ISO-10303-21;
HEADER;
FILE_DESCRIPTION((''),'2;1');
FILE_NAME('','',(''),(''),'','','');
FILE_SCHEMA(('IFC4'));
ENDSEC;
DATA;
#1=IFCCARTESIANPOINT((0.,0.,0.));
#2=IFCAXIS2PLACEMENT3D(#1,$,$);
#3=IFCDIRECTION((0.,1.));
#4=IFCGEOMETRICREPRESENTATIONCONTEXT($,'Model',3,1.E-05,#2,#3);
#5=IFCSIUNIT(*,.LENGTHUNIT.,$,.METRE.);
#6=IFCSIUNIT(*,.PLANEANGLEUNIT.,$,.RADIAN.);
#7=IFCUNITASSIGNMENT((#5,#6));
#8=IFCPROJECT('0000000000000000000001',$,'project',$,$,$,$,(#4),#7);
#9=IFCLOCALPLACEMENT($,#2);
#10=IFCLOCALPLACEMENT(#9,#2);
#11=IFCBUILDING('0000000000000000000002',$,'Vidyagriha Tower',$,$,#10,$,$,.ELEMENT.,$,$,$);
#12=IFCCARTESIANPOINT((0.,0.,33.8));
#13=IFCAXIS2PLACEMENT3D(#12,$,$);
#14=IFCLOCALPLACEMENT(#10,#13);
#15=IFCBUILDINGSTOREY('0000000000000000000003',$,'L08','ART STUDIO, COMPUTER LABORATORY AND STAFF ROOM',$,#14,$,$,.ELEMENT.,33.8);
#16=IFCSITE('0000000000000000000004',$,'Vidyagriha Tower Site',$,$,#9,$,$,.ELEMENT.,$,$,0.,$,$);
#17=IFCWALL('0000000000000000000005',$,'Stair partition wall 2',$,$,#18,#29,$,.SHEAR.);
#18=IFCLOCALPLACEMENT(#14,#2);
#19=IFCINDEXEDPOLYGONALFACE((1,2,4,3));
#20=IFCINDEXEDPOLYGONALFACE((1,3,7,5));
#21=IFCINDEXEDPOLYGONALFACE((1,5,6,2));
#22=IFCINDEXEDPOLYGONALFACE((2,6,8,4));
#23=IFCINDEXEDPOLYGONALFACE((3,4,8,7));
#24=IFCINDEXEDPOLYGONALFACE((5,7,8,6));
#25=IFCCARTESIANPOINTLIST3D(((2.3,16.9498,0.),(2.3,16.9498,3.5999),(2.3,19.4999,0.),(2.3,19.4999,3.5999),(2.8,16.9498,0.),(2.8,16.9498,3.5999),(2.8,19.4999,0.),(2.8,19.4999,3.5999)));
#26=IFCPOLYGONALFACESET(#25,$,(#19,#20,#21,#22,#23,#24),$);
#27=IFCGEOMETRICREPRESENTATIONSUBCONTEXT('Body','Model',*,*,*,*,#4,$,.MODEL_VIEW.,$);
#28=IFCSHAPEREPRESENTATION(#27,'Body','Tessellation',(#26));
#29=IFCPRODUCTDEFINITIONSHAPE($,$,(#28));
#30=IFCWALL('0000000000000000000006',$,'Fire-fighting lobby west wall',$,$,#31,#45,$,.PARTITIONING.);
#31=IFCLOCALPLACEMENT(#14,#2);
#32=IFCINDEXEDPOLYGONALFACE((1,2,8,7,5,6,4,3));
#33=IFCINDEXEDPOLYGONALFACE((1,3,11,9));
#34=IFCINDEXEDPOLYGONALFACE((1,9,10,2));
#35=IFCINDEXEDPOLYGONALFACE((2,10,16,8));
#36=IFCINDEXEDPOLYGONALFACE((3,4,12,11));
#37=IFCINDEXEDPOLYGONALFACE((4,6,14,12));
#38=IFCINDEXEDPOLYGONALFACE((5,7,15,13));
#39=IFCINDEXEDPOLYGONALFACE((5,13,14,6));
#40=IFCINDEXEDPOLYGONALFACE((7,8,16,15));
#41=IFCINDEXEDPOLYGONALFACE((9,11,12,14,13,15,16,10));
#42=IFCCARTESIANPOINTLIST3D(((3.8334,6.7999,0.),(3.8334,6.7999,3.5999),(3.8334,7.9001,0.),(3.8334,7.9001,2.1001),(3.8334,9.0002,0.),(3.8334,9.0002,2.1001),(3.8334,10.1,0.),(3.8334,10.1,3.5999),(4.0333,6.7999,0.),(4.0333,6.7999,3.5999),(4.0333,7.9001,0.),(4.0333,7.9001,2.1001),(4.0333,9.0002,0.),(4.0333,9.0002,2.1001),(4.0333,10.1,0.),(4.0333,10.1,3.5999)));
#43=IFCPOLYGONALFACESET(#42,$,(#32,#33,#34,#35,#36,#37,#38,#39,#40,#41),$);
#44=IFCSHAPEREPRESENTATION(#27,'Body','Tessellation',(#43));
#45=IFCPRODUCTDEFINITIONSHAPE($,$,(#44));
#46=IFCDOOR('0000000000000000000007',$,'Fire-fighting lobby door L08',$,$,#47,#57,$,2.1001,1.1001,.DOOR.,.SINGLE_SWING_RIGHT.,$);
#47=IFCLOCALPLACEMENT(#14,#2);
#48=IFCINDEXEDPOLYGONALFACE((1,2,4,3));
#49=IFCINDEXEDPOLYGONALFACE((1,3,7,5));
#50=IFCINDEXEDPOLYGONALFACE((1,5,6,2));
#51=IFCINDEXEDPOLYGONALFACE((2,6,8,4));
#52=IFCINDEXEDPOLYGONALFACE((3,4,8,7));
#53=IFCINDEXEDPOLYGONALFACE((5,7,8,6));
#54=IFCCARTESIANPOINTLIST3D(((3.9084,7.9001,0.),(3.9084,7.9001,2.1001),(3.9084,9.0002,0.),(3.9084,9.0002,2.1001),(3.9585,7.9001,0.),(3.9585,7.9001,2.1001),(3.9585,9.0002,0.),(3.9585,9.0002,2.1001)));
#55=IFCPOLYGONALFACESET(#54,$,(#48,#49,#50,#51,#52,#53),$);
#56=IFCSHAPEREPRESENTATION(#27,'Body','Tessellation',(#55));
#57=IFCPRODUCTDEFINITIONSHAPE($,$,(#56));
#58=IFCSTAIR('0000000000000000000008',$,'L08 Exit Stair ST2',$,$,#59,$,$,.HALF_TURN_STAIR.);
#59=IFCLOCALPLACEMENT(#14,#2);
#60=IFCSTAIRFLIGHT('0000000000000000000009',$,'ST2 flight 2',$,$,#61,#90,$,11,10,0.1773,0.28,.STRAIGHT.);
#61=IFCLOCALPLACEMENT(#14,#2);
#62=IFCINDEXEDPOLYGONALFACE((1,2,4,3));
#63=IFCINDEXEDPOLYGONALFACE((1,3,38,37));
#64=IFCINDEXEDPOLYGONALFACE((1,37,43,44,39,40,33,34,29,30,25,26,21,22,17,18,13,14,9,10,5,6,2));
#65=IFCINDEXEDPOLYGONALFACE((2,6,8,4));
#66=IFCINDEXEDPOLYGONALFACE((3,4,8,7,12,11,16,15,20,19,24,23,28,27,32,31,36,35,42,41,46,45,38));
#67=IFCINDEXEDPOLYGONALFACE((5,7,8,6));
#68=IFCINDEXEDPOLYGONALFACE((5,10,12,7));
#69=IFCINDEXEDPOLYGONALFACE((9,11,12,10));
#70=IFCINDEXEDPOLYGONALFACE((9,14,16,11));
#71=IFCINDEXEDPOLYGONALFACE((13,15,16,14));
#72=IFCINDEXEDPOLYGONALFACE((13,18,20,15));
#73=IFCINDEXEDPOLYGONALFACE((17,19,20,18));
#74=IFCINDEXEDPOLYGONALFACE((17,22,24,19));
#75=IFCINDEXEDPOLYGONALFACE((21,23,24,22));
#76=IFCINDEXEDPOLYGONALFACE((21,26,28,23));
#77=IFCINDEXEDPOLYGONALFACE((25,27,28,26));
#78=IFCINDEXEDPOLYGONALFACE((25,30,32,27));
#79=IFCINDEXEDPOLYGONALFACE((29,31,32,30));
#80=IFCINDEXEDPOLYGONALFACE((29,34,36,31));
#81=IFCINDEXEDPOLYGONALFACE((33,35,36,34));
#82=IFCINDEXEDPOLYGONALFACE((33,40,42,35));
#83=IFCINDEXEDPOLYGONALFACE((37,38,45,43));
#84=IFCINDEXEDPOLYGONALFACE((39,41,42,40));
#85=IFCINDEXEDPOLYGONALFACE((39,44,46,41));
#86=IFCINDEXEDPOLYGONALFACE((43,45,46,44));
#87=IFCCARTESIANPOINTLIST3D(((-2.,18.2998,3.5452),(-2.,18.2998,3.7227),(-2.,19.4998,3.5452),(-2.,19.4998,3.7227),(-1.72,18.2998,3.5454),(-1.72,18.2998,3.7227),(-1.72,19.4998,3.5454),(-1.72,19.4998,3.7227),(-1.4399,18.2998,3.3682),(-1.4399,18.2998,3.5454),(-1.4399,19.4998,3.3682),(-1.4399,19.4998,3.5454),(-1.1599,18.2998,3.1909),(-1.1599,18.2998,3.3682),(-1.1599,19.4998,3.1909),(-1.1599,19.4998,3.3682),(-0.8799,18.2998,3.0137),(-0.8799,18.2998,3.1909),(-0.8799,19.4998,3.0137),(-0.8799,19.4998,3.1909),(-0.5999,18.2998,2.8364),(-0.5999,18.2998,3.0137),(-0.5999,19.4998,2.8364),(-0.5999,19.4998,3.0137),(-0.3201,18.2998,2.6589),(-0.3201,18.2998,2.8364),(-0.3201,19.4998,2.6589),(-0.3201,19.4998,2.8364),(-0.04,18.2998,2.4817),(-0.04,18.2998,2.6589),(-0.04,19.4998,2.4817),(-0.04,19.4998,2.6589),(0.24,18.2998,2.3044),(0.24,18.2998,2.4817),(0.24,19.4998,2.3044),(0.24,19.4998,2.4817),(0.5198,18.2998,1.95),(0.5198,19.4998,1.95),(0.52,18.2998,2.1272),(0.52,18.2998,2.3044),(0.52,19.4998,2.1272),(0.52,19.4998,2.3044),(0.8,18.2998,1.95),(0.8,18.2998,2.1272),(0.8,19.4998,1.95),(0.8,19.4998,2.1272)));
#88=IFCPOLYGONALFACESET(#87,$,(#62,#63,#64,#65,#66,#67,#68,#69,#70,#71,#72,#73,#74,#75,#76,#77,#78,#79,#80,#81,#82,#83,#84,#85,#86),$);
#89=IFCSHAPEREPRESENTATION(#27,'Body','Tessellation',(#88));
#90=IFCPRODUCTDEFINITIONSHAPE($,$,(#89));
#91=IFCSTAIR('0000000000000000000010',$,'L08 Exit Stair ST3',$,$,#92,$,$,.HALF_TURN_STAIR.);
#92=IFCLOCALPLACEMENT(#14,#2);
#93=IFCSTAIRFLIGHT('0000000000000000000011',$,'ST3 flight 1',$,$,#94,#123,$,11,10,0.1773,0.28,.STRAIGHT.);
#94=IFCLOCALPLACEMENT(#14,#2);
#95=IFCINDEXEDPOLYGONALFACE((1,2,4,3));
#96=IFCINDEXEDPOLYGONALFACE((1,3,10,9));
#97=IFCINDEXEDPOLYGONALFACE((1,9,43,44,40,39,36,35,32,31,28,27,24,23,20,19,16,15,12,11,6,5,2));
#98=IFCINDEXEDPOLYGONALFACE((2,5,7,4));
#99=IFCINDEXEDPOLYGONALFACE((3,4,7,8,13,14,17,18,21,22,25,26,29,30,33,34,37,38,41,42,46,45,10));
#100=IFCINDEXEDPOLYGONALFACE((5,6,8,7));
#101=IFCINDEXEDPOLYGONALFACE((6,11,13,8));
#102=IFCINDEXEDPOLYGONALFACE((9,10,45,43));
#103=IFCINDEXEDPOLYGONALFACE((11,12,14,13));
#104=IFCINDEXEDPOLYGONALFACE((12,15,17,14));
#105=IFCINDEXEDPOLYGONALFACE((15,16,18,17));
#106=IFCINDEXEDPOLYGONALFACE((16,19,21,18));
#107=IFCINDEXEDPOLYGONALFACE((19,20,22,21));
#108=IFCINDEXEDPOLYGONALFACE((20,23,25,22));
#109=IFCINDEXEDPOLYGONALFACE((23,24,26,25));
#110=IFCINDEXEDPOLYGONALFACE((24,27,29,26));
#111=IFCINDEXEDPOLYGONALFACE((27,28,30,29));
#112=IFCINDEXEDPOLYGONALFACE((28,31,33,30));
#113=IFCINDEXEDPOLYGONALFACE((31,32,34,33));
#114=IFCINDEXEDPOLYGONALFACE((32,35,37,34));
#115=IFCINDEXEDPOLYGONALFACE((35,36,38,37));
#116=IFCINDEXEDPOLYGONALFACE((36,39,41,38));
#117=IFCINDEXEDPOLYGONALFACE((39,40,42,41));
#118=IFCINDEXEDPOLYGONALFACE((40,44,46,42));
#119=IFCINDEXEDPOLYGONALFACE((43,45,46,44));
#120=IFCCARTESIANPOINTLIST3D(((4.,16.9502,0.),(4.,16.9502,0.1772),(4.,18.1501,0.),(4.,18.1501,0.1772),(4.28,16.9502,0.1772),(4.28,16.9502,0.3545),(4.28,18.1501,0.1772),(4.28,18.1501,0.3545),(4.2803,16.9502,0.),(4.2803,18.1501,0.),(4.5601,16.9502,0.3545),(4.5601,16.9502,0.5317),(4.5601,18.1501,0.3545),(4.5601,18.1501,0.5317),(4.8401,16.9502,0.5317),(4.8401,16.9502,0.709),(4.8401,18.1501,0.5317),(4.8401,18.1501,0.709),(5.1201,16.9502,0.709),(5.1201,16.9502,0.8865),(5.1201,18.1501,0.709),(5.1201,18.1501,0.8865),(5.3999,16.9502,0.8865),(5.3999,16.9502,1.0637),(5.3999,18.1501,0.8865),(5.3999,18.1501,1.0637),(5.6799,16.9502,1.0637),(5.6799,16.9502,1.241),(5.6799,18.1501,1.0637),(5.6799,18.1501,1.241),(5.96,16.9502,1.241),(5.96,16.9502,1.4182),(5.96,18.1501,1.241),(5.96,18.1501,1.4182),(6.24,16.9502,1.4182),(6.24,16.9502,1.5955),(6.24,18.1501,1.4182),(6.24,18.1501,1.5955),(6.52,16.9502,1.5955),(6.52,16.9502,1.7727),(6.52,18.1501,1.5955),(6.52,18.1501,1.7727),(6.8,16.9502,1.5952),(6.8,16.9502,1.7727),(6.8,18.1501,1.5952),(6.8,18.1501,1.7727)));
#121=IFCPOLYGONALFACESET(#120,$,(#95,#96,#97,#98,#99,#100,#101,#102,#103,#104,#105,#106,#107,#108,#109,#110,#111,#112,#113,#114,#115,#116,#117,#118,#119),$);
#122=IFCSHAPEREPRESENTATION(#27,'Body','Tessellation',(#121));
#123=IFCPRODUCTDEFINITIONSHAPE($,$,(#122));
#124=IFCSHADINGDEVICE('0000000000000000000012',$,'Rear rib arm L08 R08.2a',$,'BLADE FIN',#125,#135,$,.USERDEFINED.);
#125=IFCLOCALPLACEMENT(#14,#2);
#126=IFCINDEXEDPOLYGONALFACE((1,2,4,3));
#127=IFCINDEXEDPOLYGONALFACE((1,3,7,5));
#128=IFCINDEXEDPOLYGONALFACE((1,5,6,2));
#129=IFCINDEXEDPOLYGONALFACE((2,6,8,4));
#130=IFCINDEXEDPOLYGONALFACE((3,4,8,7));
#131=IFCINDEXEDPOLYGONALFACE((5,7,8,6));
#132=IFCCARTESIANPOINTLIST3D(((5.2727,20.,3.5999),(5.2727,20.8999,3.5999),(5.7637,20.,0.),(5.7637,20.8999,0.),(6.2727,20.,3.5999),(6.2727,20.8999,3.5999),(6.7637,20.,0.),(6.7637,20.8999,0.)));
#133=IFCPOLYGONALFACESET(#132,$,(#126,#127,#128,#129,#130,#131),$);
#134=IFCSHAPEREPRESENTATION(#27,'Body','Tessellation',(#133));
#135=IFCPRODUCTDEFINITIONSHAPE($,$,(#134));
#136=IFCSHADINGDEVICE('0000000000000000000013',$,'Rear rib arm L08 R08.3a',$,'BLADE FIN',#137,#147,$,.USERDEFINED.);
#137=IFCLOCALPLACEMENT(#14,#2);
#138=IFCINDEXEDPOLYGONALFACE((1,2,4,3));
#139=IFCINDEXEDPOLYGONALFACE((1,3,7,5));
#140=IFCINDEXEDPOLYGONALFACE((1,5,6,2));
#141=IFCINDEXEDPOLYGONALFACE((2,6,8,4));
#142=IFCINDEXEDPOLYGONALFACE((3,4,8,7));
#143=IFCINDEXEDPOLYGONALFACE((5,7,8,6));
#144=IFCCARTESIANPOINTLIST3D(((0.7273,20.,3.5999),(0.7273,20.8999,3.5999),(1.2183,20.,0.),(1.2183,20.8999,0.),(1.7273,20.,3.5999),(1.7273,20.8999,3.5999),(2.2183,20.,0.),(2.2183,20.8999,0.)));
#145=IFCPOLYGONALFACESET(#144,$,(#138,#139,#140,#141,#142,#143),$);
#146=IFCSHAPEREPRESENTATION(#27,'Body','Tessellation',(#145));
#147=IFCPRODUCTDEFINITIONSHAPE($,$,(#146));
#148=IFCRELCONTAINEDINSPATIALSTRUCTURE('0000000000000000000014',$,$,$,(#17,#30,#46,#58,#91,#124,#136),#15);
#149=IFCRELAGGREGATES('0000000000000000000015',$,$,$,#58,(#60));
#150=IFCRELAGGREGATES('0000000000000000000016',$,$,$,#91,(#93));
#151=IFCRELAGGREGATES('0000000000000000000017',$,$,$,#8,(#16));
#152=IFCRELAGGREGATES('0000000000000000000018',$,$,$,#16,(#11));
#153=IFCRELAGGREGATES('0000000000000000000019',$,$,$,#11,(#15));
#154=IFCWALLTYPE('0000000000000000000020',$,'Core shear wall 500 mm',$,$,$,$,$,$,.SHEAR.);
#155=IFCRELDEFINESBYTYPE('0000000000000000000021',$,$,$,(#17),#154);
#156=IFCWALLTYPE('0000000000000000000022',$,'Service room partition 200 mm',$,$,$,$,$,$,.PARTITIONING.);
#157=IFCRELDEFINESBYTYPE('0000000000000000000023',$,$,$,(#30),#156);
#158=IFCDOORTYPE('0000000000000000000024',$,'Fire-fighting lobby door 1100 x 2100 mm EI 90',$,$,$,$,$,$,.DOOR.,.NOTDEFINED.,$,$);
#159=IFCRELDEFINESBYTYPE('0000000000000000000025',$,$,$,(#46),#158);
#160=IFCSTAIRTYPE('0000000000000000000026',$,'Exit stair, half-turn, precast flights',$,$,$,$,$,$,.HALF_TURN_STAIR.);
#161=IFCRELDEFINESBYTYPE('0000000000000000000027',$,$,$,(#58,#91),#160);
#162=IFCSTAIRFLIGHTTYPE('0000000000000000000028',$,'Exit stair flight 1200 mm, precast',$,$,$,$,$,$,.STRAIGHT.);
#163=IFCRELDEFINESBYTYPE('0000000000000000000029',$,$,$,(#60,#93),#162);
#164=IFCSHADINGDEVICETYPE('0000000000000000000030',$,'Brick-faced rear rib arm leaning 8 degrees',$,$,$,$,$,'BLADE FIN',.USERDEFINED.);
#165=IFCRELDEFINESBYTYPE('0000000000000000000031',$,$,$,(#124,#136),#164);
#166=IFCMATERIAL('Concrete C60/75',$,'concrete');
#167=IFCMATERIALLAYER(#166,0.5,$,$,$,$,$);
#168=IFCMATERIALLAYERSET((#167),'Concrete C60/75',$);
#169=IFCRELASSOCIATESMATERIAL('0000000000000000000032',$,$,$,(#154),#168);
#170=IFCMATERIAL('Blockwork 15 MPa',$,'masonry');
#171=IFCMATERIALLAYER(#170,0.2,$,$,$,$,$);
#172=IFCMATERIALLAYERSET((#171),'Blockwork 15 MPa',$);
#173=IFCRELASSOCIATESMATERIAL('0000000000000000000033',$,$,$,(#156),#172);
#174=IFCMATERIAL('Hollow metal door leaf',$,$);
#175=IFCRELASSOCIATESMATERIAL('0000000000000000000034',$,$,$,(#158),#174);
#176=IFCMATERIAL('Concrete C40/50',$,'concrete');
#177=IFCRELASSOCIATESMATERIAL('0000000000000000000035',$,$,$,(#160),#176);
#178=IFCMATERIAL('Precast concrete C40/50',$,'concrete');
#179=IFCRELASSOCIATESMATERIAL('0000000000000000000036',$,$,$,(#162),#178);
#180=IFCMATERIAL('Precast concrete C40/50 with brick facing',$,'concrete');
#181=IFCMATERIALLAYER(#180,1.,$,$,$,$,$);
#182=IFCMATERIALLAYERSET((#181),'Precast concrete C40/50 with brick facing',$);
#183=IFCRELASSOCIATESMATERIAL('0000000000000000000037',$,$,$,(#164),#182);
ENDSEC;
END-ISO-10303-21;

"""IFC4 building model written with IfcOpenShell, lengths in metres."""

from ifc_helpers import new_model, si_unit, direction, frame, frame_2d, origin, place, context, subcontext, project, spatial, polyline, rectangle, outline, extrude, material, layer, layer_set, type_object, element, fill, aggregate, save


model = new_model("IFC4")

# Units and contexts
model_context = context("Model", 3, precision=1e-05, world=origin(), true_north=direction((0.0, 1.0)))
body_context = subcontext(model_context, "Body", "Model", "MODEL_VIEW")
ifc_project = project(units=[si_unit("LENGTHUNIT", "METRE"), si_unit("PLANEANGLEUNIT", "RADIAN")], contexts=[model_context])

# Site, building, storey
site_placement = place(None, origin())
site = spatial("IfcSite", under=ifc_project, at=site_placement, Name="Vidyagriha Tower Site", CompositionType="ELEMENT", RefElevation=0.0)
building_placement = place(site_placement, origin())
building = spatial("IfcBuilding", under=site, at=building_placement, Name="Vidyagriha Tower", CompositionType="ELEMENT")
storey_placement = place(building_placement, frame((0.0, 0.0, 33.8)))
storey = spatial("IfcBuildingStorey", under=building, at=storey_placement, Name="L08", Description="ART STUDIO, COMPUTER LABORATORY AND STAFF ROOM", CompositionType="ELEMENT", Elevation=33.8)

# Wall
ifc_material_1 = material(Name="Concrete C60/75", Category="concrete")
ifc_layer_1 = layer(ifc_material_1, 0.5)
ifc_layer_set_1 = layer_set([ifc_layer_1], Name="Concrete C60/75")
wall_type_1 = type_object("IfcWallType", Name="Core shear wall 500 mm", PredefinedType="SHEAR", material=ifc_layer_set_1)
wall_1_placement = place(storey_placement, frame((2.55, 16.95, 0.0), z_axis=(0.0, 0.0, 1.0), x_axis=(0.0, 1.0, 0.0)))
element("IfcWall", 1, at=wall_1_placement, inside=storey, type_object=wall_type_1, Name="Stair partition wall 2", PredefinedType="SHEAR", context=body_context, shape_type="SweptSolid", body=[
    extrude(rectangle(XDim=2.55, YDim=0.5, at=frame_2d((1.2749, 0.0))), origin(), (0.0, 0.0, 1.0), 3.5999),
])

# Wall, opening, door
ifc_material_2 = material(Name="Blockwork 15 MPa", Category="masonry")
ifc_layer_2 = layer(ifc_material_2, 0.2)
ifc_layer_set_2 = layer_set([ifc_layer_2], Name="Blockwork 15 MPa")
wall_type_2 = type_object("IfcWallType", Name="Service room partition 200 mm", PredefinedType="PARTITIONING", material=ifc_layer_set_2)
wall_2_placement = place(storey_placement, frame((3.9333, 6.8, 0.0), z_axis=(0.0, 0.0, 1.0), x_axis=(0.0, 1.0, 0.0)))
wall_2 = element("IfcWall", 2, at=wall_2_placement, inside=storey, type_object=wall_type_2, Name="Fire-fighting lobby west wall", PredefinedType="PARTITIONING", context=body_context, shape_type="SweptSolid", body=[
    extrude(rectangle(XDim=3.3, YDim=0.2, at=frame_2d((1.6499, 0.0))), origin(), (0.0, 0.0, 1.0), 3.5999),
])
opening_1_placement = place(wall_2_placement, frame((1.1001, 0.0, 0.0)))
opening_1 = element("IfcOpeningElement", 3, at=opening_1_placement, cuts=wall_2, PredefinedType="OPENING", context=body_context, shape_type="SweptSolid", body=[
    extrude(rectangle(XDim=1.1001, YDim=2.1001, at=frame_2d((0.55, 1.05))), frame((0.0, 0.1099, 0.0), z_axis=(0.0, -1.0, 0.0), x_axis=(1.0, 0.0, 0.0)), (0.0, 0.0, 1.0), 0.22),
])
ifc_material_3 = material(Name="Hollow metal door leaf")
door_type_1 = type_object("IfcDoorType", Name="Fire-fighting lobby door 1100 x 2100 mm EI 90", OperationType="NOTDEFINED", PredefinedType="DOOR", material=ifc_material_3)
door_1_placement = place(opening_1_placement, origin())
door_1 = element("IfcDoor", 4, at=door_1_placement, inside=storey, type_object=door_type_1, Name="Fire-fighting lobby door L08", OperationType="SINGLE_SWING_RIGHT", OverallHeight=2.1001, OverallWidth=1.1001, PredefinedType="DOOR", context=body_context, shape_type="SweptSolid", body=[
    extrude(rectangle(XDim=1.1001, YDim=2.1001, at=frame_2d((0.55, 1.05))), frame((0.0, 0.0249, 0.0), z_axis=(0.0, -1.0, 0.0), x_axis=(1.0, 0.0, 0.0)), (0.0, 0.0, 1.0), 0.05),
])
fill(opening_1, door_1)

# Stairs, stair flights
ifc_material_4 = material(Name="Concrete C40/50", Category="concrete")
stair_type = type_object("IfcStairType", Name="Exit stair, half-turn, precast flights", PredefinedType="HALF_TURN_STAIR", material=ifc_material_4)
stair_1_placement = place(storey_placement, origin())
stair_1 = element("IfcStair", 5, at=stair_1_placement, inside=storey, type_object=stair_type, Name="L08 Exit Stair ST2", PredefinedType="HALF_TURN_STAIR")
ifc_material_5 = material(Name="Precast concrete C40/50", Category="concrete")
stair_flight_type = type_object("IfcStairFlightType", Name="Exit stair flight 1200 mm, precast", PredefinedType="STRAIGHT", material=ifc_material_5)
stair_flight_1_placement = place(storey_placement, frame((0.8, 18.8999, 1.95), z_axis=(0.0, 0.0, 1.0), x_axis=(-1.0, 0.0, 0.0)))
stair_flight_1 = element("IfcStairFlight", 6, at=stair_flight_1_placement, type_object=stair_flight_type, Name="ST2 flight 2", NumberOfRisers=11, NumberOfTreads=10, PredefinedType="STRAIGHT", RiserHeight=0.1773, TreadLength=0.28, context=body_context, shape_type="SweptSolid", body=[
    extrude(outline(polyline([(0.0, 0.0), (0.0, 0.1772), (0.28, 0.1772), (0.28, 0.3545), (0.5601, 0.3545), (0.5601, 0.5317), (0.8401, 0.5317), (0.8401, 0.709), (1.1201, 0.709), (1.1201, 0.8865), (1.3999, 0.8865), (1.3999, 1.0637), (1.6799, 1.0637), (1.6799, 1.241), (1.96, 1.241), (1.96, 1.4182), (2.24, 1.4182), (2.24, 1.5955), (2.52, 1.5955), (2.52, 1.7727), (2.8, 1.7727), (2.8, 1.95), (2.8, 1.5952), (0.2803, 0.0), (0.0, 0.0)])), frame((0.0, 0.6001, 0.0), z_axis=(0.0, -1.0, 0.0), x_axis=(1.0, 0.0, 0.0)), (0.0, 0.0, 1.0), 1.2),
])
aggregate(stair_1, [stair_flight_1])
stair_2_placement = place(storey_placement, origin())
stair_2 = element("IfcStair", 7, at=stair_2_placement, inside=storey, type_object=stair_type, Name="L08 Exit Stair ST3", PredefinedType="HALF_TURN_STAIR")
stair_flight_2_placement = place(storey_placement, frame((4.0, 17.55, 0.0)))
stair_flight_2 = element("IfcStairFlight", 8, at=stair_flight_2_placement, type_object=stair_flight_type, Name="ST3 flight 1", NumberOfRisers=11, NumberOfTreads=10, PredefinedType="STRAIGHT", RiserHeight=0.1773, TreadLength=0.28, context=body_context, shape_type="SweptSolid", body=[
    extrude(outline(polyline([(0.0, 0.0), (0.0, 0.1772), (0.28, 0.1772), (0.28, 0.3545), (0.5601, 0.3545), (0.5601, 0.5317), (0.8401, 0.5317), (0.8401, 0.709), (1.1201, 0.709), (1.1201, 0.8865), (1.3999, 0.8865), (1.3999, 1.0637), (1.6799, 1.0637), (1.6799, 1.241), (1.96, 1.241), (1.96, 1.4182), (2.24, 1.4182), (2.24, 1.5955), (2.52, 1.5955), (2.52, 1.7727), (2.8, 1.7727), (2.8, 1.95), (2.8, 1.5952), (0.2803, 0.0), (0.0, 0.0)])), frame((0.0, 0.6001, 0.0), z_axis=(0.0, -1.0, 0.0), x_axis=(1.0, 0.0, 0.0)), (0.0, 0.0, 1.0), 1.2),
])
aggregate(stair_2, [stair_flight_2])

# Shading devices
ifc_material_6 = material(Name="Precast concrete C40/50 with brick facing", Category="concrete")
ifc_layer_3 = layer(ifc_material_6, 1.0)
ifc_layer_set_3 = layer_set([ifc_layer_3], Name="Precast concrete C40/50 with brick facing")
shading_device_type = type_object("IfcShadingDeviceType", Name="Brick-faced rear rib arm leaning 8 degrees", ElementType="BLADE FIN", PredefinedType="USERDEFINED", material=ifc_layer_set_3)
for number, where, z_axis, x_axis, name in (
    (9, (6.7637, 20.45, 0.0), (0.0, 0.0, 1.0), (-1.0, 0.0, 0.0), "Rear rib arm L08 R08.2a"),
    (10, (2.2183, 20.45, 0.0), (0.0, 0.0, 1.0), (-1.0, 0.0, 0.0), "Rear rib arm L08 R08.3a"),
):
    element("IfcShadingDevice", number, at=place(storey_placement, frame(where, z_axis=z_axis, x_axis=x_axis)), inside=storey, type_object=shading_device_type, Name=name, ObjectType="BLADE FIN", PredefinedType="USERDEFINED", context=body_context, shape_type="SweptSolid", body=[
        extrude(outline(polyline([(0.0, 0.0), (1.0, 0.0), (1.491, 3.5999), (0.491, 3.5999), (0.0, 0.0)])), frame((0.0, 0.45, 0.0), z_axis=(0.0, -1.0, 0.0), x_axis=(1.0, 0.0, 0.0)), (0.0, 0.0, 1.0), 0.8999),
    ])

save(model, "model.ifc")
